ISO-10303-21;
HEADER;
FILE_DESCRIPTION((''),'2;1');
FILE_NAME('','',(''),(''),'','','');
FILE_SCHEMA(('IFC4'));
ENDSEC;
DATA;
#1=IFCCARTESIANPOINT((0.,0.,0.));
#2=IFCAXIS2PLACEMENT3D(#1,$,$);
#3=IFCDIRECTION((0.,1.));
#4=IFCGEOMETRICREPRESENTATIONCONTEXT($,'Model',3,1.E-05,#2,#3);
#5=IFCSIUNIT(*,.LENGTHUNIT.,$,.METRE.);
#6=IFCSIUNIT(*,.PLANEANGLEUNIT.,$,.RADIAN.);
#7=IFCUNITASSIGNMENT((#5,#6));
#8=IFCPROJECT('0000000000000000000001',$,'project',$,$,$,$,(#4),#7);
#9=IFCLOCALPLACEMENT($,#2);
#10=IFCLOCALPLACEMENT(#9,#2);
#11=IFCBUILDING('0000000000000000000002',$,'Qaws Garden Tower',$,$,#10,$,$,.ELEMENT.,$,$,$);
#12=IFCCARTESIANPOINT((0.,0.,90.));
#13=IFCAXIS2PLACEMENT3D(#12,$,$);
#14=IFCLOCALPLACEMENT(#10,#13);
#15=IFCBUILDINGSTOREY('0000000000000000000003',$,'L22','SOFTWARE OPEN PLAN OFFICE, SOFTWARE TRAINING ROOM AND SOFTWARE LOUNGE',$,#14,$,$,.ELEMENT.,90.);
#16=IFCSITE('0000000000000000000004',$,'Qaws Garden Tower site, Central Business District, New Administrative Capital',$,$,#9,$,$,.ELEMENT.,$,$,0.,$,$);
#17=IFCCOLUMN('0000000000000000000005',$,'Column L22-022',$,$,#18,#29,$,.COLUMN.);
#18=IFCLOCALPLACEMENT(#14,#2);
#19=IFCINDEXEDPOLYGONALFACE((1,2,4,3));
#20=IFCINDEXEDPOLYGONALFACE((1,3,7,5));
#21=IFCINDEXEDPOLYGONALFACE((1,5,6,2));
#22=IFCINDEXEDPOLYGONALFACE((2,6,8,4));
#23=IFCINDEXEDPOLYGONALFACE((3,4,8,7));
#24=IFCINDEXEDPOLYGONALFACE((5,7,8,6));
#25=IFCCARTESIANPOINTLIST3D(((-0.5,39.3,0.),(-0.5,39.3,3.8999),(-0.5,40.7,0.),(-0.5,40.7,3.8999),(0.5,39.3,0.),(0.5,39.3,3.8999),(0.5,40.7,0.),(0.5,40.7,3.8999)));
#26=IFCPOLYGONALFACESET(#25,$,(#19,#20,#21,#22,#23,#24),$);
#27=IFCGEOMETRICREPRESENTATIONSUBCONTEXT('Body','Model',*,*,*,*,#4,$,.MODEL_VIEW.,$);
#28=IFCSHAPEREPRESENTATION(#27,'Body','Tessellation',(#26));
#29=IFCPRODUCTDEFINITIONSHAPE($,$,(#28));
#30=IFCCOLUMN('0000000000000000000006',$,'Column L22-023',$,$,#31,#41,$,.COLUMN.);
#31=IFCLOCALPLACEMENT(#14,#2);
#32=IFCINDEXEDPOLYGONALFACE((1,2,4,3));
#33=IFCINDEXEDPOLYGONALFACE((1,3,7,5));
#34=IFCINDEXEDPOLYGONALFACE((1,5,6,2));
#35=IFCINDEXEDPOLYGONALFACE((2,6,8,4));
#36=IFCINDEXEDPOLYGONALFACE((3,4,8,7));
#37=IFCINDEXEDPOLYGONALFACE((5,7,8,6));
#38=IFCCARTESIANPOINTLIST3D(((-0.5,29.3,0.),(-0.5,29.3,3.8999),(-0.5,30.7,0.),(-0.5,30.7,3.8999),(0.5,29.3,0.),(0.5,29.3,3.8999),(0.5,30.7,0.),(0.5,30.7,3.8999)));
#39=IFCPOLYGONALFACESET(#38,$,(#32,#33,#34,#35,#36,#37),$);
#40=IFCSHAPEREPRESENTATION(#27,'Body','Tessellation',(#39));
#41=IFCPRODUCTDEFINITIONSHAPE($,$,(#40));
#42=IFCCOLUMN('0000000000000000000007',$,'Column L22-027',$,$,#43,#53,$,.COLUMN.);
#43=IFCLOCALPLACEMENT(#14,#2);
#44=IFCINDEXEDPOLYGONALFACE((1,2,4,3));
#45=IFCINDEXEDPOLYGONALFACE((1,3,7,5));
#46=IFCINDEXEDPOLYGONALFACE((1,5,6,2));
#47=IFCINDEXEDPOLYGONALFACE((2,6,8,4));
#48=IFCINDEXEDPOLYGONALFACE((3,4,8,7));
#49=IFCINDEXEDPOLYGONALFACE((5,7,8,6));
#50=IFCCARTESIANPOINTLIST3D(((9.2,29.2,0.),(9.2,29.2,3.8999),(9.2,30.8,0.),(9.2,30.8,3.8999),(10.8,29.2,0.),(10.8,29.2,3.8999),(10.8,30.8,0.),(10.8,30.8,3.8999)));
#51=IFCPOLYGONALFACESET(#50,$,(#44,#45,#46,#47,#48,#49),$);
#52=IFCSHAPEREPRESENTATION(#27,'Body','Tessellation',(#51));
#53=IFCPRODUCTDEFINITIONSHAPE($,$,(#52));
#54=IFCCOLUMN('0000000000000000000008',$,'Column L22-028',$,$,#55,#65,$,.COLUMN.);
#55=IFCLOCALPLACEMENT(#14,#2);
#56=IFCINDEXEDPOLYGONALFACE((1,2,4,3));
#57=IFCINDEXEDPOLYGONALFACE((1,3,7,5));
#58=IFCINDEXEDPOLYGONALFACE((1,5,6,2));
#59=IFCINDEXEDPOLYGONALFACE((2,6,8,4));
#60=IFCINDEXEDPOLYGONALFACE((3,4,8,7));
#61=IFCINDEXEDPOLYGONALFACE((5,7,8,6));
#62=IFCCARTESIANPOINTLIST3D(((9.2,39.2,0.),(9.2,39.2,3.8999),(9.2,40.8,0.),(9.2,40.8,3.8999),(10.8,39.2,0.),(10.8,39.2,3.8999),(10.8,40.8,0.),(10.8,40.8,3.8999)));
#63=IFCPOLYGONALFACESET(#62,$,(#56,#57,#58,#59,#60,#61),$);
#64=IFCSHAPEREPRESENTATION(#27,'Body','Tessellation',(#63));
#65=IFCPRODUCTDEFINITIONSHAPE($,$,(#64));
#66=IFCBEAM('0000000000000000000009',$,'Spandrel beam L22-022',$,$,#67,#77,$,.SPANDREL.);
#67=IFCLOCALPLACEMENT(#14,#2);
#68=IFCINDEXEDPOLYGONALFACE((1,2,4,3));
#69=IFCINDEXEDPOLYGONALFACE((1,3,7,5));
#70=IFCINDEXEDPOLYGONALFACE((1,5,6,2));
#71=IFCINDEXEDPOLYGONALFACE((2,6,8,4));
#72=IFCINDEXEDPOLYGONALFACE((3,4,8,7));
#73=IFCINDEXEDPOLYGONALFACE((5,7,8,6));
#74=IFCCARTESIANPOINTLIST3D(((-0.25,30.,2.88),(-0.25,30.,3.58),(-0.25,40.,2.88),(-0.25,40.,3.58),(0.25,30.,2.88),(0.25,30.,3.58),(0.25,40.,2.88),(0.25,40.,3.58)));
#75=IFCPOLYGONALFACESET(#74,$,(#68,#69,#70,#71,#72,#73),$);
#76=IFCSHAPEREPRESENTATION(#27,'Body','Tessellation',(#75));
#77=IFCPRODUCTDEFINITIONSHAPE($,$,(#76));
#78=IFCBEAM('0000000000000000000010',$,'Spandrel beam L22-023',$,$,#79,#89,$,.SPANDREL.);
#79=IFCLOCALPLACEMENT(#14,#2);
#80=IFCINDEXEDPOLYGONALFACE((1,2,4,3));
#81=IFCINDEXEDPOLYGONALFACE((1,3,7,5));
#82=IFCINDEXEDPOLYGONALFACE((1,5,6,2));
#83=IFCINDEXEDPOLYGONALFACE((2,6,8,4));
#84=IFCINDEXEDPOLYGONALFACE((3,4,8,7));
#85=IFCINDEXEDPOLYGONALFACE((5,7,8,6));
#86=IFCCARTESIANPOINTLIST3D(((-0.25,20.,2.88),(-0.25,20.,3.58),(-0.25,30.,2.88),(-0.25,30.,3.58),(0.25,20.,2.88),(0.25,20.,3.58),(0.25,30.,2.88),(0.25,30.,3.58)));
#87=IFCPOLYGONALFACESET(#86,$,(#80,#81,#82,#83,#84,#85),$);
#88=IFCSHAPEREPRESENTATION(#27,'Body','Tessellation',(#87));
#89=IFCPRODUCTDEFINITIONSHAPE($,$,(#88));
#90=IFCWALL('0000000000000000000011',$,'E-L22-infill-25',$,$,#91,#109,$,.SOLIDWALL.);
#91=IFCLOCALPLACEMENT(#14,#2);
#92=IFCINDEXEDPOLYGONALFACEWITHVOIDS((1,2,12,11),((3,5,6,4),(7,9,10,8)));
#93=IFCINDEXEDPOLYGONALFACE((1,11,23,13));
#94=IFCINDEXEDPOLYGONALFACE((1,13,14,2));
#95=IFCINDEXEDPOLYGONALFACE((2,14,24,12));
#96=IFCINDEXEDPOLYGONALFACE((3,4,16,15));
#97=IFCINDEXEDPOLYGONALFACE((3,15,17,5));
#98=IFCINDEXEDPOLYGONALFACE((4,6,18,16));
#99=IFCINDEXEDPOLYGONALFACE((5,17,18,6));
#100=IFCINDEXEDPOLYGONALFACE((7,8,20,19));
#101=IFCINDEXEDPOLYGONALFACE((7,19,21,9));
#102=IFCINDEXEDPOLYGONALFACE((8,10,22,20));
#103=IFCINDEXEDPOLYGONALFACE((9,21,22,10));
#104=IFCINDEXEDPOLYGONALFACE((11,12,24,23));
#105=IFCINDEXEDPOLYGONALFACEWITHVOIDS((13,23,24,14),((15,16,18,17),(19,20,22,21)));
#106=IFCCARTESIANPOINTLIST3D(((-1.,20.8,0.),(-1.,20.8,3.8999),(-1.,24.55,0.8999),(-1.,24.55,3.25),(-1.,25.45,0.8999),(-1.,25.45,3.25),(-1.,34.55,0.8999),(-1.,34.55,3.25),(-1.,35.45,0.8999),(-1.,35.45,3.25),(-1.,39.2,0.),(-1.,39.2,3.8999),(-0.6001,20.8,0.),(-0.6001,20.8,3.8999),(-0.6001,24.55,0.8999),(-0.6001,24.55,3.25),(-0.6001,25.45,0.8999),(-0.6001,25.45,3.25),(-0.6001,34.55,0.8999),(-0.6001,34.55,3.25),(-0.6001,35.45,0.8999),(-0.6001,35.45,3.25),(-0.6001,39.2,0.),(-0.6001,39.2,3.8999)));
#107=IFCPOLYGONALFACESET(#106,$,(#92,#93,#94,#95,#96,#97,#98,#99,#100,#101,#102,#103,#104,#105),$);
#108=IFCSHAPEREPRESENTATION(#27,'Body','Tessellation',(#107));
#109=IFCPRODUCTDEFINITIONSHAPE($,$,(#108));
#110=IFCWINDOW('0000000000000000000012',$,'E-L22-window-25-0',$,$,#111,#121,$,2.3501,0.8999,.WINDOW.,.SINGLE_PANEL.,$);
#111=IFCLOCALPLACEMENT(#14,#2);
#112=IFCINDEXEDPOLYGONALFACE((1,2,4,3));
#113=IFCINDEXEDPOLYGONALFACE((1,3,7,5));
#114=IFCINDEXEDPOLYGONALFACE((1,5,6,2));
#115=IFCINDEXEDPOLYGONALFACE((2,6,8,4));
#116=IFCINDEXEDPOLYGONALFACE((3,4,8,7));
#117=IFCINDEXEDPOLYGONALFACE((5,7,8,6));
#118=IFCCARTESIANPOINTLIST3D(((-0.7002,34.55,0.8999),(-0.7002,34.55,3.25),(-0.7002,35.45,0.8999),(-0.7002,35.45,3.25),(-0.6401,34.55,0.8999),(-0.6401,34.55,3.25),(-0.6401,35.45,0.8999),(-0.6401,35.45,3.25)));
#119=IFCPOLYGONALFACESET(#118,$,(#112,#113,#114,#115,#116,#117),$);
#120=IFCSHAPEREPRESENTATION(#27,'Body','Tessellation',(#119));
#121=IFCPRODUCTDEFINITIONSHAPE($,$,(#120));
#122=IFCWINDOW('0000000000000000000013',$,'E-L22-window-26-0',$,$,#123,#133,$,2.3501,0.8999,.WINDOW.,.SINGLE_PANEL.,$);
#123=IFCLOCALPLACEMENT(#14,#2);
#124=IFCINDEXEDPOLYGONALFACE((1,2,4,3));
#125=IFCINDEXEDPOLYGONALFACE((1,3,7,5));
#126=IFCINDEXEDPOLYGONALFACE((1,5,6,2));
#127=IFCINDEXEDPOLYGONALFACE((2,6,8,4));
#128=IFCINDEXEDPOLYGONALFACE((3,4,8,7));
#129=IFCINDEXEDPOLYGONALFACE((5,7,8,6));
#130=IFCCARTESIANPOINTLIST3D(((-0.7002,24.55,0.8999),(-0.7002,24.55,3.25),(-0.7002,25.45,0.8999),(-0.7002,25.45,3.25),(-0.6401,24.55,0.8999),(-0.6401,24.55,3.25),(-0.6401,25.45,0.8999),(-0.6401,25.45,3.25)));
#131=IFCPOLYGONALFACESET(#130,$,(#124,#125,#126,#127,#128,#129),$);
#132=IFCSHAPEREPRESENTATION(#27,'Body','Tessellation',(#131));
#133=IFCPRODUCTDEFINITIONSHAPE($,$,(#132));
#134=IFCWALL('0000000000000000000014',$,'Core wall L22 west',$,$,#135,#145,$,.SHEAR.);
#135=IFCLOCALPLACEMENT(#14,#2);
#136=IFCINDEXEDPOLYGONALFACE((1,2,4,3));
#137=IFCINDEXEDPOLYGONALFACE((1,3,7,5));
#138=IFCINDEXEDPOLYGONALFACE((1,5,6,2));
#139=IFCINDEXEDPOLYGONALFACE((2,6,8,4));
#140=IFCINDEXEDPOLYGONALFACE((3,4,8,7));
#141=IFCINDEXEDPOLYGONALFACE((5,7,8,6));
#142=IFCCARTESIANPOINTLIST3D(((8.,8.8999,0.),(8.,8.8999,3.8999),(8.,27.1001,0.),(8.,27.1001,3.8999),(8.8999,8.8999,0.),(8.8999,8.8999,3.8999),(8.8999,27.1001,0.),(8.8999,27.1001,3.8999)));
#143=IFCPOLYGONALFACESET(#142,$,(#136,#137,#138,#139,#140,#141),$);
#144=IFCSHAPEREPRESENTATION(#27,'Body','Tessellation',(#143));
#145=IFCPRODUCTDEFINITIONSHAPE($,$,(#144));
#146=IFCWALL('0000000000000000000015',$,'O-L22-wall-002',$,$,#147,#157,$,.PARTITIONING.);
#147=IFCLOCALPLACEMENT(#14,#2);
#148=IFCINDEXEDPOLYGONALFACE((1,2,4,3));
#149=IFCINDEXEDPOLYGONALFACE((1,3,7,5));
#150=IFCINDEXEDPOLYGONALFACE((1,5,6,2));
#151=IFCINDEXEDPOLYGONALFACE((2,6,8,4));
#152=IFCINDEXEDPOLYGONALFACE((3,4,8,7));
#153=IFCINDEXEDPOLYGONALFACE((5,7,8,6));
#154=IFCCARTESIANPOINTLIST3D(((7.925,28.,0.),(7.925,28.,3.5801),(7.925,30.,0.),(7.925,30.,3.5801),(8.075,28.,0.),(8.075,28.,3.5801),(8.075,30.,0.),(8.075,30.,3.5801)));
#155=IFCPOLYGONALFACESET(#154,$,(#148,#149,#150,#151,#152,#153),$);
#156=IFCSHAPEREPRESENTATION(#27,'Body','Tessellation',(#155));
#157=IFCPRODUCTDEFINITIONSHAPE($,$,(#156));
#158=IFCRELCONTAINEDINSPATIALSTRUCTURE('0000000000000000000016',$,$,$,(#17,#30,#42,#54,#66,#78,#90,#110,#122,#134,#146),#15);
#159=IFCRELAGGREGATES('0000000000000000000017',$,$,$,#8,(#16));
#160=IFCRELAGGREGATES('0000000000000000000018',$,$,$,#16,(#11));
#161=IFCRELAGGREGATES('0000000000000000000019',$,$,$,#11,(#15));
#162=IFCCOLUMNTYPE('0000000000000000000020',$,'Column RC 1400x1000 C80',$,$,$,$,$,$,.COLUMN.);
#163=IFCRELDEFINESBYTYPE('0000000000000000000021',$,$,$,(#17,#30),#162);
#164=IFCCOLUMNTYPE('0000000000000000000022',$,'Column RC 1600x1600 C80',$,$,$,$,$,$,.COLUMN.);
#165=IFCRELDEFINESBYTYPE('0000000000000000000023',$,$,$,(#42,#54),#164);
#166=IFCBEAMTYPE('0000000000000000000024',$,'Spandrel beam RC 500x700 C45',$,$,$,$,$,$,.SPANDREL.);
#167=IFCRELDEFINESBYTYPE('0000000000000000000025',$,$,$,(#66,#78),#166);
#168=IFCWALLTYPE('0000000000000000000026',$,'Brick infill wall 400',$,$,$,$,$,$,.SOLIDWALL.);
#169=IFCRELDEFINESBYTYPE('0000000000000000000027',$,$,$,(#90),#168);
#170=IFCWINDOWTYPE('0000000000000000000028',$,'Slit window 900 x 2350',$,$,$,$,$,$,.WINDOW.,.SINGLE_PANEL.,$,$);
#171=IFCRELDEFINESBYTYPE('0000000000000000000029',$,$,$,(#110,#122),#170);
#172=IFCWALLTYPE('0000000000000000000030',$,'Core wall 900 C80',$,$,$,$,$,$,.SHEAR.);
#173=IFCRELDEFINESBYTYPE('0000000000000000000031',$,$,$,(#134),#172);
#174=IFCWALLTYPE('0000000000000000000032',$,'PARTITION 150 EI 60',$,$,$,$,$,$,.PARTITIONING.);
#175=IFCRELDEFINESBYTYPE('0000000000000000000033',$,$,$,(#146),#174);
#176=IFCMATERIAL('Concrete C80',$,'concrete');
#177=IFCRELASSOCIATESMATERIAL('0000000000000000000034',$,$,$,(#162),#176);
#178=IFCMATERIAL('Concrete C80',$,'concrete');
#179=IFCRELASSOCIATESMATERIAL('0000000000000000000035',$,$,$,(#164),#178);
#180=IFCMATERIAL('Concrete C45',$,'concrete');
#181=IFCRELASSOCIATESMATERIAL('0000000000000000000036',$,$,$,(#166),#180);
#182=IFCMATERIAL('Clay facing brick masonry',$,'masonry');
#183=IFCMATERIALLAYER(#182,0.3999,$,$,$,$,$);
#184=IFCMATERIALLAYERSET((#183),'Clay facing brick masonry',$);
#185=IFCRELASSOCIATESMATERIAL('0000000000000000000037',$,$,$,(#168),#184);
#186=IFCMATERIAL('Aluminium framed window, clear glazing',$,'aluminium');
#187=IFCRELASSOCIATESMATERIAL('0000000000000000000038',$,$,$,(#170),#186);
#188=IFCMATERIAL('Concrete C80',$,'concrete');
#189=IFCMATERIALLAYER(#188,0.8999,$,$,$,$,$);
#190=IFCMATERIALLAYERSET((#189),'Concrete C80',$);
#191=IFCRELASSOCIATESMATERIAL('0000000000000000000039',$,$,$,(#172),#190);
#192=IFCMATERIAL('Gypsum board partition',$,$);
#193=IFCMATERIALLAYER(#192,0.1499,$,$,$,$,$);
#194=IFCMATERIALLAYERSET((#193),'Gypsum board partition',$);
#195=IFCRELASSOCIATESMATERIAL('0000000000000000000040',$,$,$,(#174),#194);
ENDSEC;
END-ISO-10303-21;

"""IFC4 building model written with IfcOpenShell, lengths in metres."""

from ifc_helpers import new_model, si_unit, direction, frame, frame_2d, origin, origin_2d, place, context, subcontext, project, spatial, rectangle, extrude, material, layer, layer_set, material_profile, profile_set, type_object, element, fill, save


model = new_model("IFC4")

# Units and contexts
model_context = context("Model", 3, precision=1e-05, world=origin(), true_north=direction((0.0, 1.0)))
body_context = subcontext(model_context, "Body", "Model", "MODEL_VIEW")
ifc_project = project(units=[si_unit("LENGTHUNIT", "METRE"), si_unit("PLANEANGLEUNIT", "RADIAN")], contexts=[model_context])

# Site, building, storey
site_placement = place(None, origin())
site = spatial("IfcSite", under=ifc_project, at=site_placement, Name="Qaws Garden Tower site, Central Business District, New Administrative Capital", CompositionType="ELEMENT", RefElevation=0.0)
building_placement = place(site_placement, origin())
building = spatial("IfcBuilding", under=site, at=building_placement, Name="Qaws Garden Tower", CompositionType="ELEMENT")
storey_placement = place(building_placement, frame((0.0, 0.0, 90.0)))
storey = spatial("IfcBuildingStorey", under=building, at=storey_placement, Name="L22", Description="SOFTWARE OPEN PLAN OFFICE, SOFTWARE TRAINING ROOM AND SOFTWARE LOUNGE", CompositionType="ELEMENT", Elevation=90.0)

# Columns
ifc_material_1 = material(Name="Concrete C80", Category="concrete")
ifc_material_profile_1 = material_profile(ifc_material_1, rectangle(XDim=1.3999, YDim=1.0, at=origin_2d()), Name="RC 1400x1000")
ifc_profile_set_1 = profile_set([ifc_material_profile_1], Name="Concrete C80")
column_type_1 = type_object("IfcColumnType", Name="Column RC 1400x1000 C80", PredefinedType="COLUMN", material=ifc_profile_set_1)
for number, where, z_axis, x_axis, name in (
    (1, (0.0, 40.0, 0.0), (0.0, 0.0, 1.0), (0.0, 1.0, 0.0), "Column L22-022"),
    (2, (0.0, 30.0, 0.0), (0.0, 0.0, 1.0), (0.0, 1.0, 0.0), "Column L22-023"),
):
    element("IfcColumn", number, at=place(storey_placement, frame(where, z_axis=z_axis, x_axis=x_axis)), inside=storey, type_object=column_type_1, Name=name, PredefinedType="COLUMN", context=body_context, shape_type="SweptSolid", body=[
        extrude(rectangle(XDim=1.3999, YDim=1.0, at=origin_2d()), origin(), (0.0, 0.0, 1.0), 3.8999),
    ])
ifc_material_2 = material(Name="Concrete C80", Category="concrete")
ifc_material_profile_2 = material_profile(ifc_material_2, rectangle(XDim=1.6001, YDim=1.6001, at=origin_2d()), Name="RC 1600x1600")
ifc_profile_set_2 = profile_set([ifc_material_profile_2], Name="Concrete C80")
column_type_2 = type_object("IfcColumnType", Name="Column RC 1600x1600 C80", PredefinedType="COLUMN", material=ifc_profile_set_2)
for number, where, z_axis, x_axis, name in (
    (3, (10.0, 30.0, 0.0), (0.0, 0.0, 1.0), (1.0, 0.0, 0.0), "Column L22-027"),
    (4, (10.0, 40.0, 0.0), (0.0, 0.0, 1.0), (1.0, 0.0, 0.0), "Column L22-028"),
):
    element("IfcColumn", number, at=place(storey_placement, frame(where, z_axis=z_axis, x_axis=x_axis)), inside=storey, type_object=column_type_2, Name=name, PredefinedType="COLUMN", context=body_context, shape_type="SweptSolid", body=[
        extrude(rectangle(XDim=1.6001, YDim=1.6001, at=origin_2d()), origin(), (0.0, 0.0, 1.0), 3.8999),
    ])

# Beams
ifc_material_3 = material(Name="Concrete C45", Category="concrete")
ifc_material_profile_3 = material_profile(ifc_material_3, rectangle(XDim=0.5, YDim=0.7, at=origin_2d()), Name="RC 500x700")
ifc_profile_set_3 = profile_set([ifc_material_profile_3], Name="Concrete C45")
beam_type = type_object("IfcBeamType", Name="Spandrel beam RC 500x700 C45", PredefinedType="SPANDREL", material=ifc_profile_set_3)
for number, where, z_axis, x_axis, name in (
    (5, (0.0, 40.0, 3.23), (0.0, -1.0, 0.0), (1.0, 0.0, 0.0), "Spandrel beam L22-022"),
    (6, (0.0, 30.0, 3.23), (0.0, -1.0, 0.0), (1.0, 0.0, 0.0), "Spandrel beam L22-023"),
):
    element("IfcBeam", number, at=place(storey_placement, frame(where, z_axis=z_axis, x_axis=x_axis)), inside=storey, type_object=beam_type, Name=name, PredefinedType="SPANDREL", context=body_context, shape_type="SweptSolid", body=[
        extrude(rectangle(XDim=0.5, YDim=0.7, at=origin_2d()), origin(), (0.0, 0.0, 1.0), 10.0),
    ])

# Wall, openings, windows
ifc_material_4 = material(Name="Clay facing brick masonry", Category="masonry")
ifc_layer_1 = layer(ifc_material_4, 0.3999)
ifc_layer_set_1 = layer_set([ifc_layer_1], Name="Clay facing brick masonry")
wall_type_1 = type_object("IfcWallType", Name="Brick infill wall 400", PredefinedType="SOLIDWALL", material=ifc_layer_set_1)
wall_1_placement = place(storey_placement, frame((-0.8, 39.2, 0.0), z_axis=(0.0, 0.0, 1.0), x_axis=(0.0, -1.0, 0.0)))
wall_1 = element("IfcWall", 7, at=wall_1_placement, inside=storey, type_object=wall_type_1, Name="E-L22-infill-25", PredefinedType="SOLIDWALL", context=body_context, shape_type="SweptSolid", body=[
    extrude(rectangle(XDim=18.3999, YDim=0.3999, at=frame_2d((9.2, 0.0))), origin(), (0.0, 0.0, 1.0), 3.8999),
])
opening_1_placement = place(wall_1_placement, frame((3.75, 0.0, 0.8999)))
opening_1 = element("IfcOpeningElement", 8, at=opening_1_placement, cuts=wall_1, PredefinedType="OPENING", context=body_context, shape_type="SweptSolid", body=[
    extrude(rectangle(XDim=0.8999, YDim=2.3501, at=frame_2d((0.45, 1.175))), frame((0.0, 0.21, 0.0), z_axis=(0.0, -1.0, 0.0), x_axis=(1.0, 0.0, 0.0)), (0.0, 0.0, 1.0), 0.4199),
])
opening_2_placement = place(wall_1_placement, frame((13.75, 0.0, 0.8999)))
opening_2 = element("IfcOpeningElement", 9, at=opening_2_placement, cuts=wall_1, PredefinedType="OPENING", context=body_context, shape_type="SweptSolid", body=[
    extrude(rectangle(XDim=0.8999, YDim=2.3501, at=frame_2d((0.45, 1.175))), frame((0.0, 0.21, 0.0), z_axis=(0.0, -1.0, 0.0), x_axis=(1.0, 0.0, 0.0)), (0.0, 0.0, 1.0), 0.4199),
])
ifc_material_5 = material(Name="Aluminium framed window, clear glazing", Category="aluminium")
window_type = type_object("IfcWindowType", Name="Slit window 900 x 2350", PartitioningType="SINGLE_PANEL", PredefinedType="WINDOW", material=ifc_material_5)
window_1_placement = place(opening_1_placement, origin())
window_1 = element("IfcWindow", 10, at=window_1_placement, inside=storey, type_object=window_type, Name="E-L22-window-25-0", OverallHeight=2.3501, OverallWidth=0.8999, PartitioningType="SINGLE_PANEL", PredefinedType="WINDOW", context=body_context, shape_type="SweptSolid", body=[
    extrude(rectangle(XDim=0.8999, YDim=2.3501, at=frame_2d((0.45, 1.175))), frame((0.0, 0.1599, 0.0), z_axis=(0.0, -1.0, 0.0), x_axis=(1.0, 0.0, 0.0)), (0.0, 0.0, 1.0), 0.0601),
])
fill(opening_1, window_1)
window_2_placement = place(opening_2_placement, origin())
window_2 = element("IfcWindow", 11, at=window_2_placement, inside=storey, type_object=window_type, Name="E-L22-window-26-0", OverallHeight=2.3501, OverallWidth=0.8999, PartitioningType="SINGLE_PANEL", PredefinedType="WINDOW", context=body_context, shape_type="SweptSolid", body=[
    extrude(rectangle(XDim=0.8999, YDim=2.3501, at=frame_2d((0.45, 1.175))), frame((0.0, 0.1599, 0.0), z_axis=(0.0, -1.0, 0.0), x_axis=(1.0, 0.0, 0.0)), (0.0, 0.0, 1.0), 0.0601),
])
fill(opening_2, window_2)

# Walls
ifc_material_6 = material(Name="Concrete C80", Category="concrete")
ifc_layer_2 = layer(ifc_material_6, 0.8999)
ifc_layer_set_2 = layer_set([ifc_layer_2], Name="Concrete C80")
wall_type_2 = type_object("IfcWallType", Name="Core wall 900 C80", PredefinedType="SHEAR", material=ifc_layer_set_2)
wall_2_placement = place(storey_placement, frame((8.45, 27.1001, 0.0), z_axis=(0.0, 0.0, 1.0), x_axis=(0.0, -1.0, 0.0)))
element("IfcWall", 12, at=wall_2_placement, inside=storey, type_object=wall_type_2, Name="Core wall L22 west", PredefinedType="SHEAR", context=body_context, shape_type="SweptSolid", body=[
    extrude(rectangle(XDim=18.2002, YDim=0.8999, at=frame_2d((9.1001, 0.0))), origin(), (0.0, 0.0, 1.0), 3.8999),
])
ifc_material_7 = material(Name="Gypsum board partition")
ifc_layer_3 = layer(ifc_material_7, 0.1499)
ifc_layer_set_3 = layer_set([ifc_layer_3], Name="Gypsum board partition")
wall_type_3 = type_object("IfcWallType", Name="PARTITION 150 EI 60", PredefinedType="PARTITIONING", material=ifc_layer_set_3)
wall_3_placement = place(storey_placement, frame((8.0, 28.0, 0.0), z_axis=(0.0, 0.0, 1.0), x_axis=(0.0, 1.0, 0.0)))
element("IfcWall", 13, at=wall_3_placement, inside=storey, type_object=wall_type_3, Name="O-L22-wall-002", PredefinedType="PARTITIONING", context=body_context, shape_type="SweptSolid", body=[
    extrude(rectangle(XDim=2.0, YDim=0.1499, at=frame_2d((1.0, 0.0))), origin(), (0.0, 0.0, 1.0), 3.5801),
])

save(model, "model.ifc")
